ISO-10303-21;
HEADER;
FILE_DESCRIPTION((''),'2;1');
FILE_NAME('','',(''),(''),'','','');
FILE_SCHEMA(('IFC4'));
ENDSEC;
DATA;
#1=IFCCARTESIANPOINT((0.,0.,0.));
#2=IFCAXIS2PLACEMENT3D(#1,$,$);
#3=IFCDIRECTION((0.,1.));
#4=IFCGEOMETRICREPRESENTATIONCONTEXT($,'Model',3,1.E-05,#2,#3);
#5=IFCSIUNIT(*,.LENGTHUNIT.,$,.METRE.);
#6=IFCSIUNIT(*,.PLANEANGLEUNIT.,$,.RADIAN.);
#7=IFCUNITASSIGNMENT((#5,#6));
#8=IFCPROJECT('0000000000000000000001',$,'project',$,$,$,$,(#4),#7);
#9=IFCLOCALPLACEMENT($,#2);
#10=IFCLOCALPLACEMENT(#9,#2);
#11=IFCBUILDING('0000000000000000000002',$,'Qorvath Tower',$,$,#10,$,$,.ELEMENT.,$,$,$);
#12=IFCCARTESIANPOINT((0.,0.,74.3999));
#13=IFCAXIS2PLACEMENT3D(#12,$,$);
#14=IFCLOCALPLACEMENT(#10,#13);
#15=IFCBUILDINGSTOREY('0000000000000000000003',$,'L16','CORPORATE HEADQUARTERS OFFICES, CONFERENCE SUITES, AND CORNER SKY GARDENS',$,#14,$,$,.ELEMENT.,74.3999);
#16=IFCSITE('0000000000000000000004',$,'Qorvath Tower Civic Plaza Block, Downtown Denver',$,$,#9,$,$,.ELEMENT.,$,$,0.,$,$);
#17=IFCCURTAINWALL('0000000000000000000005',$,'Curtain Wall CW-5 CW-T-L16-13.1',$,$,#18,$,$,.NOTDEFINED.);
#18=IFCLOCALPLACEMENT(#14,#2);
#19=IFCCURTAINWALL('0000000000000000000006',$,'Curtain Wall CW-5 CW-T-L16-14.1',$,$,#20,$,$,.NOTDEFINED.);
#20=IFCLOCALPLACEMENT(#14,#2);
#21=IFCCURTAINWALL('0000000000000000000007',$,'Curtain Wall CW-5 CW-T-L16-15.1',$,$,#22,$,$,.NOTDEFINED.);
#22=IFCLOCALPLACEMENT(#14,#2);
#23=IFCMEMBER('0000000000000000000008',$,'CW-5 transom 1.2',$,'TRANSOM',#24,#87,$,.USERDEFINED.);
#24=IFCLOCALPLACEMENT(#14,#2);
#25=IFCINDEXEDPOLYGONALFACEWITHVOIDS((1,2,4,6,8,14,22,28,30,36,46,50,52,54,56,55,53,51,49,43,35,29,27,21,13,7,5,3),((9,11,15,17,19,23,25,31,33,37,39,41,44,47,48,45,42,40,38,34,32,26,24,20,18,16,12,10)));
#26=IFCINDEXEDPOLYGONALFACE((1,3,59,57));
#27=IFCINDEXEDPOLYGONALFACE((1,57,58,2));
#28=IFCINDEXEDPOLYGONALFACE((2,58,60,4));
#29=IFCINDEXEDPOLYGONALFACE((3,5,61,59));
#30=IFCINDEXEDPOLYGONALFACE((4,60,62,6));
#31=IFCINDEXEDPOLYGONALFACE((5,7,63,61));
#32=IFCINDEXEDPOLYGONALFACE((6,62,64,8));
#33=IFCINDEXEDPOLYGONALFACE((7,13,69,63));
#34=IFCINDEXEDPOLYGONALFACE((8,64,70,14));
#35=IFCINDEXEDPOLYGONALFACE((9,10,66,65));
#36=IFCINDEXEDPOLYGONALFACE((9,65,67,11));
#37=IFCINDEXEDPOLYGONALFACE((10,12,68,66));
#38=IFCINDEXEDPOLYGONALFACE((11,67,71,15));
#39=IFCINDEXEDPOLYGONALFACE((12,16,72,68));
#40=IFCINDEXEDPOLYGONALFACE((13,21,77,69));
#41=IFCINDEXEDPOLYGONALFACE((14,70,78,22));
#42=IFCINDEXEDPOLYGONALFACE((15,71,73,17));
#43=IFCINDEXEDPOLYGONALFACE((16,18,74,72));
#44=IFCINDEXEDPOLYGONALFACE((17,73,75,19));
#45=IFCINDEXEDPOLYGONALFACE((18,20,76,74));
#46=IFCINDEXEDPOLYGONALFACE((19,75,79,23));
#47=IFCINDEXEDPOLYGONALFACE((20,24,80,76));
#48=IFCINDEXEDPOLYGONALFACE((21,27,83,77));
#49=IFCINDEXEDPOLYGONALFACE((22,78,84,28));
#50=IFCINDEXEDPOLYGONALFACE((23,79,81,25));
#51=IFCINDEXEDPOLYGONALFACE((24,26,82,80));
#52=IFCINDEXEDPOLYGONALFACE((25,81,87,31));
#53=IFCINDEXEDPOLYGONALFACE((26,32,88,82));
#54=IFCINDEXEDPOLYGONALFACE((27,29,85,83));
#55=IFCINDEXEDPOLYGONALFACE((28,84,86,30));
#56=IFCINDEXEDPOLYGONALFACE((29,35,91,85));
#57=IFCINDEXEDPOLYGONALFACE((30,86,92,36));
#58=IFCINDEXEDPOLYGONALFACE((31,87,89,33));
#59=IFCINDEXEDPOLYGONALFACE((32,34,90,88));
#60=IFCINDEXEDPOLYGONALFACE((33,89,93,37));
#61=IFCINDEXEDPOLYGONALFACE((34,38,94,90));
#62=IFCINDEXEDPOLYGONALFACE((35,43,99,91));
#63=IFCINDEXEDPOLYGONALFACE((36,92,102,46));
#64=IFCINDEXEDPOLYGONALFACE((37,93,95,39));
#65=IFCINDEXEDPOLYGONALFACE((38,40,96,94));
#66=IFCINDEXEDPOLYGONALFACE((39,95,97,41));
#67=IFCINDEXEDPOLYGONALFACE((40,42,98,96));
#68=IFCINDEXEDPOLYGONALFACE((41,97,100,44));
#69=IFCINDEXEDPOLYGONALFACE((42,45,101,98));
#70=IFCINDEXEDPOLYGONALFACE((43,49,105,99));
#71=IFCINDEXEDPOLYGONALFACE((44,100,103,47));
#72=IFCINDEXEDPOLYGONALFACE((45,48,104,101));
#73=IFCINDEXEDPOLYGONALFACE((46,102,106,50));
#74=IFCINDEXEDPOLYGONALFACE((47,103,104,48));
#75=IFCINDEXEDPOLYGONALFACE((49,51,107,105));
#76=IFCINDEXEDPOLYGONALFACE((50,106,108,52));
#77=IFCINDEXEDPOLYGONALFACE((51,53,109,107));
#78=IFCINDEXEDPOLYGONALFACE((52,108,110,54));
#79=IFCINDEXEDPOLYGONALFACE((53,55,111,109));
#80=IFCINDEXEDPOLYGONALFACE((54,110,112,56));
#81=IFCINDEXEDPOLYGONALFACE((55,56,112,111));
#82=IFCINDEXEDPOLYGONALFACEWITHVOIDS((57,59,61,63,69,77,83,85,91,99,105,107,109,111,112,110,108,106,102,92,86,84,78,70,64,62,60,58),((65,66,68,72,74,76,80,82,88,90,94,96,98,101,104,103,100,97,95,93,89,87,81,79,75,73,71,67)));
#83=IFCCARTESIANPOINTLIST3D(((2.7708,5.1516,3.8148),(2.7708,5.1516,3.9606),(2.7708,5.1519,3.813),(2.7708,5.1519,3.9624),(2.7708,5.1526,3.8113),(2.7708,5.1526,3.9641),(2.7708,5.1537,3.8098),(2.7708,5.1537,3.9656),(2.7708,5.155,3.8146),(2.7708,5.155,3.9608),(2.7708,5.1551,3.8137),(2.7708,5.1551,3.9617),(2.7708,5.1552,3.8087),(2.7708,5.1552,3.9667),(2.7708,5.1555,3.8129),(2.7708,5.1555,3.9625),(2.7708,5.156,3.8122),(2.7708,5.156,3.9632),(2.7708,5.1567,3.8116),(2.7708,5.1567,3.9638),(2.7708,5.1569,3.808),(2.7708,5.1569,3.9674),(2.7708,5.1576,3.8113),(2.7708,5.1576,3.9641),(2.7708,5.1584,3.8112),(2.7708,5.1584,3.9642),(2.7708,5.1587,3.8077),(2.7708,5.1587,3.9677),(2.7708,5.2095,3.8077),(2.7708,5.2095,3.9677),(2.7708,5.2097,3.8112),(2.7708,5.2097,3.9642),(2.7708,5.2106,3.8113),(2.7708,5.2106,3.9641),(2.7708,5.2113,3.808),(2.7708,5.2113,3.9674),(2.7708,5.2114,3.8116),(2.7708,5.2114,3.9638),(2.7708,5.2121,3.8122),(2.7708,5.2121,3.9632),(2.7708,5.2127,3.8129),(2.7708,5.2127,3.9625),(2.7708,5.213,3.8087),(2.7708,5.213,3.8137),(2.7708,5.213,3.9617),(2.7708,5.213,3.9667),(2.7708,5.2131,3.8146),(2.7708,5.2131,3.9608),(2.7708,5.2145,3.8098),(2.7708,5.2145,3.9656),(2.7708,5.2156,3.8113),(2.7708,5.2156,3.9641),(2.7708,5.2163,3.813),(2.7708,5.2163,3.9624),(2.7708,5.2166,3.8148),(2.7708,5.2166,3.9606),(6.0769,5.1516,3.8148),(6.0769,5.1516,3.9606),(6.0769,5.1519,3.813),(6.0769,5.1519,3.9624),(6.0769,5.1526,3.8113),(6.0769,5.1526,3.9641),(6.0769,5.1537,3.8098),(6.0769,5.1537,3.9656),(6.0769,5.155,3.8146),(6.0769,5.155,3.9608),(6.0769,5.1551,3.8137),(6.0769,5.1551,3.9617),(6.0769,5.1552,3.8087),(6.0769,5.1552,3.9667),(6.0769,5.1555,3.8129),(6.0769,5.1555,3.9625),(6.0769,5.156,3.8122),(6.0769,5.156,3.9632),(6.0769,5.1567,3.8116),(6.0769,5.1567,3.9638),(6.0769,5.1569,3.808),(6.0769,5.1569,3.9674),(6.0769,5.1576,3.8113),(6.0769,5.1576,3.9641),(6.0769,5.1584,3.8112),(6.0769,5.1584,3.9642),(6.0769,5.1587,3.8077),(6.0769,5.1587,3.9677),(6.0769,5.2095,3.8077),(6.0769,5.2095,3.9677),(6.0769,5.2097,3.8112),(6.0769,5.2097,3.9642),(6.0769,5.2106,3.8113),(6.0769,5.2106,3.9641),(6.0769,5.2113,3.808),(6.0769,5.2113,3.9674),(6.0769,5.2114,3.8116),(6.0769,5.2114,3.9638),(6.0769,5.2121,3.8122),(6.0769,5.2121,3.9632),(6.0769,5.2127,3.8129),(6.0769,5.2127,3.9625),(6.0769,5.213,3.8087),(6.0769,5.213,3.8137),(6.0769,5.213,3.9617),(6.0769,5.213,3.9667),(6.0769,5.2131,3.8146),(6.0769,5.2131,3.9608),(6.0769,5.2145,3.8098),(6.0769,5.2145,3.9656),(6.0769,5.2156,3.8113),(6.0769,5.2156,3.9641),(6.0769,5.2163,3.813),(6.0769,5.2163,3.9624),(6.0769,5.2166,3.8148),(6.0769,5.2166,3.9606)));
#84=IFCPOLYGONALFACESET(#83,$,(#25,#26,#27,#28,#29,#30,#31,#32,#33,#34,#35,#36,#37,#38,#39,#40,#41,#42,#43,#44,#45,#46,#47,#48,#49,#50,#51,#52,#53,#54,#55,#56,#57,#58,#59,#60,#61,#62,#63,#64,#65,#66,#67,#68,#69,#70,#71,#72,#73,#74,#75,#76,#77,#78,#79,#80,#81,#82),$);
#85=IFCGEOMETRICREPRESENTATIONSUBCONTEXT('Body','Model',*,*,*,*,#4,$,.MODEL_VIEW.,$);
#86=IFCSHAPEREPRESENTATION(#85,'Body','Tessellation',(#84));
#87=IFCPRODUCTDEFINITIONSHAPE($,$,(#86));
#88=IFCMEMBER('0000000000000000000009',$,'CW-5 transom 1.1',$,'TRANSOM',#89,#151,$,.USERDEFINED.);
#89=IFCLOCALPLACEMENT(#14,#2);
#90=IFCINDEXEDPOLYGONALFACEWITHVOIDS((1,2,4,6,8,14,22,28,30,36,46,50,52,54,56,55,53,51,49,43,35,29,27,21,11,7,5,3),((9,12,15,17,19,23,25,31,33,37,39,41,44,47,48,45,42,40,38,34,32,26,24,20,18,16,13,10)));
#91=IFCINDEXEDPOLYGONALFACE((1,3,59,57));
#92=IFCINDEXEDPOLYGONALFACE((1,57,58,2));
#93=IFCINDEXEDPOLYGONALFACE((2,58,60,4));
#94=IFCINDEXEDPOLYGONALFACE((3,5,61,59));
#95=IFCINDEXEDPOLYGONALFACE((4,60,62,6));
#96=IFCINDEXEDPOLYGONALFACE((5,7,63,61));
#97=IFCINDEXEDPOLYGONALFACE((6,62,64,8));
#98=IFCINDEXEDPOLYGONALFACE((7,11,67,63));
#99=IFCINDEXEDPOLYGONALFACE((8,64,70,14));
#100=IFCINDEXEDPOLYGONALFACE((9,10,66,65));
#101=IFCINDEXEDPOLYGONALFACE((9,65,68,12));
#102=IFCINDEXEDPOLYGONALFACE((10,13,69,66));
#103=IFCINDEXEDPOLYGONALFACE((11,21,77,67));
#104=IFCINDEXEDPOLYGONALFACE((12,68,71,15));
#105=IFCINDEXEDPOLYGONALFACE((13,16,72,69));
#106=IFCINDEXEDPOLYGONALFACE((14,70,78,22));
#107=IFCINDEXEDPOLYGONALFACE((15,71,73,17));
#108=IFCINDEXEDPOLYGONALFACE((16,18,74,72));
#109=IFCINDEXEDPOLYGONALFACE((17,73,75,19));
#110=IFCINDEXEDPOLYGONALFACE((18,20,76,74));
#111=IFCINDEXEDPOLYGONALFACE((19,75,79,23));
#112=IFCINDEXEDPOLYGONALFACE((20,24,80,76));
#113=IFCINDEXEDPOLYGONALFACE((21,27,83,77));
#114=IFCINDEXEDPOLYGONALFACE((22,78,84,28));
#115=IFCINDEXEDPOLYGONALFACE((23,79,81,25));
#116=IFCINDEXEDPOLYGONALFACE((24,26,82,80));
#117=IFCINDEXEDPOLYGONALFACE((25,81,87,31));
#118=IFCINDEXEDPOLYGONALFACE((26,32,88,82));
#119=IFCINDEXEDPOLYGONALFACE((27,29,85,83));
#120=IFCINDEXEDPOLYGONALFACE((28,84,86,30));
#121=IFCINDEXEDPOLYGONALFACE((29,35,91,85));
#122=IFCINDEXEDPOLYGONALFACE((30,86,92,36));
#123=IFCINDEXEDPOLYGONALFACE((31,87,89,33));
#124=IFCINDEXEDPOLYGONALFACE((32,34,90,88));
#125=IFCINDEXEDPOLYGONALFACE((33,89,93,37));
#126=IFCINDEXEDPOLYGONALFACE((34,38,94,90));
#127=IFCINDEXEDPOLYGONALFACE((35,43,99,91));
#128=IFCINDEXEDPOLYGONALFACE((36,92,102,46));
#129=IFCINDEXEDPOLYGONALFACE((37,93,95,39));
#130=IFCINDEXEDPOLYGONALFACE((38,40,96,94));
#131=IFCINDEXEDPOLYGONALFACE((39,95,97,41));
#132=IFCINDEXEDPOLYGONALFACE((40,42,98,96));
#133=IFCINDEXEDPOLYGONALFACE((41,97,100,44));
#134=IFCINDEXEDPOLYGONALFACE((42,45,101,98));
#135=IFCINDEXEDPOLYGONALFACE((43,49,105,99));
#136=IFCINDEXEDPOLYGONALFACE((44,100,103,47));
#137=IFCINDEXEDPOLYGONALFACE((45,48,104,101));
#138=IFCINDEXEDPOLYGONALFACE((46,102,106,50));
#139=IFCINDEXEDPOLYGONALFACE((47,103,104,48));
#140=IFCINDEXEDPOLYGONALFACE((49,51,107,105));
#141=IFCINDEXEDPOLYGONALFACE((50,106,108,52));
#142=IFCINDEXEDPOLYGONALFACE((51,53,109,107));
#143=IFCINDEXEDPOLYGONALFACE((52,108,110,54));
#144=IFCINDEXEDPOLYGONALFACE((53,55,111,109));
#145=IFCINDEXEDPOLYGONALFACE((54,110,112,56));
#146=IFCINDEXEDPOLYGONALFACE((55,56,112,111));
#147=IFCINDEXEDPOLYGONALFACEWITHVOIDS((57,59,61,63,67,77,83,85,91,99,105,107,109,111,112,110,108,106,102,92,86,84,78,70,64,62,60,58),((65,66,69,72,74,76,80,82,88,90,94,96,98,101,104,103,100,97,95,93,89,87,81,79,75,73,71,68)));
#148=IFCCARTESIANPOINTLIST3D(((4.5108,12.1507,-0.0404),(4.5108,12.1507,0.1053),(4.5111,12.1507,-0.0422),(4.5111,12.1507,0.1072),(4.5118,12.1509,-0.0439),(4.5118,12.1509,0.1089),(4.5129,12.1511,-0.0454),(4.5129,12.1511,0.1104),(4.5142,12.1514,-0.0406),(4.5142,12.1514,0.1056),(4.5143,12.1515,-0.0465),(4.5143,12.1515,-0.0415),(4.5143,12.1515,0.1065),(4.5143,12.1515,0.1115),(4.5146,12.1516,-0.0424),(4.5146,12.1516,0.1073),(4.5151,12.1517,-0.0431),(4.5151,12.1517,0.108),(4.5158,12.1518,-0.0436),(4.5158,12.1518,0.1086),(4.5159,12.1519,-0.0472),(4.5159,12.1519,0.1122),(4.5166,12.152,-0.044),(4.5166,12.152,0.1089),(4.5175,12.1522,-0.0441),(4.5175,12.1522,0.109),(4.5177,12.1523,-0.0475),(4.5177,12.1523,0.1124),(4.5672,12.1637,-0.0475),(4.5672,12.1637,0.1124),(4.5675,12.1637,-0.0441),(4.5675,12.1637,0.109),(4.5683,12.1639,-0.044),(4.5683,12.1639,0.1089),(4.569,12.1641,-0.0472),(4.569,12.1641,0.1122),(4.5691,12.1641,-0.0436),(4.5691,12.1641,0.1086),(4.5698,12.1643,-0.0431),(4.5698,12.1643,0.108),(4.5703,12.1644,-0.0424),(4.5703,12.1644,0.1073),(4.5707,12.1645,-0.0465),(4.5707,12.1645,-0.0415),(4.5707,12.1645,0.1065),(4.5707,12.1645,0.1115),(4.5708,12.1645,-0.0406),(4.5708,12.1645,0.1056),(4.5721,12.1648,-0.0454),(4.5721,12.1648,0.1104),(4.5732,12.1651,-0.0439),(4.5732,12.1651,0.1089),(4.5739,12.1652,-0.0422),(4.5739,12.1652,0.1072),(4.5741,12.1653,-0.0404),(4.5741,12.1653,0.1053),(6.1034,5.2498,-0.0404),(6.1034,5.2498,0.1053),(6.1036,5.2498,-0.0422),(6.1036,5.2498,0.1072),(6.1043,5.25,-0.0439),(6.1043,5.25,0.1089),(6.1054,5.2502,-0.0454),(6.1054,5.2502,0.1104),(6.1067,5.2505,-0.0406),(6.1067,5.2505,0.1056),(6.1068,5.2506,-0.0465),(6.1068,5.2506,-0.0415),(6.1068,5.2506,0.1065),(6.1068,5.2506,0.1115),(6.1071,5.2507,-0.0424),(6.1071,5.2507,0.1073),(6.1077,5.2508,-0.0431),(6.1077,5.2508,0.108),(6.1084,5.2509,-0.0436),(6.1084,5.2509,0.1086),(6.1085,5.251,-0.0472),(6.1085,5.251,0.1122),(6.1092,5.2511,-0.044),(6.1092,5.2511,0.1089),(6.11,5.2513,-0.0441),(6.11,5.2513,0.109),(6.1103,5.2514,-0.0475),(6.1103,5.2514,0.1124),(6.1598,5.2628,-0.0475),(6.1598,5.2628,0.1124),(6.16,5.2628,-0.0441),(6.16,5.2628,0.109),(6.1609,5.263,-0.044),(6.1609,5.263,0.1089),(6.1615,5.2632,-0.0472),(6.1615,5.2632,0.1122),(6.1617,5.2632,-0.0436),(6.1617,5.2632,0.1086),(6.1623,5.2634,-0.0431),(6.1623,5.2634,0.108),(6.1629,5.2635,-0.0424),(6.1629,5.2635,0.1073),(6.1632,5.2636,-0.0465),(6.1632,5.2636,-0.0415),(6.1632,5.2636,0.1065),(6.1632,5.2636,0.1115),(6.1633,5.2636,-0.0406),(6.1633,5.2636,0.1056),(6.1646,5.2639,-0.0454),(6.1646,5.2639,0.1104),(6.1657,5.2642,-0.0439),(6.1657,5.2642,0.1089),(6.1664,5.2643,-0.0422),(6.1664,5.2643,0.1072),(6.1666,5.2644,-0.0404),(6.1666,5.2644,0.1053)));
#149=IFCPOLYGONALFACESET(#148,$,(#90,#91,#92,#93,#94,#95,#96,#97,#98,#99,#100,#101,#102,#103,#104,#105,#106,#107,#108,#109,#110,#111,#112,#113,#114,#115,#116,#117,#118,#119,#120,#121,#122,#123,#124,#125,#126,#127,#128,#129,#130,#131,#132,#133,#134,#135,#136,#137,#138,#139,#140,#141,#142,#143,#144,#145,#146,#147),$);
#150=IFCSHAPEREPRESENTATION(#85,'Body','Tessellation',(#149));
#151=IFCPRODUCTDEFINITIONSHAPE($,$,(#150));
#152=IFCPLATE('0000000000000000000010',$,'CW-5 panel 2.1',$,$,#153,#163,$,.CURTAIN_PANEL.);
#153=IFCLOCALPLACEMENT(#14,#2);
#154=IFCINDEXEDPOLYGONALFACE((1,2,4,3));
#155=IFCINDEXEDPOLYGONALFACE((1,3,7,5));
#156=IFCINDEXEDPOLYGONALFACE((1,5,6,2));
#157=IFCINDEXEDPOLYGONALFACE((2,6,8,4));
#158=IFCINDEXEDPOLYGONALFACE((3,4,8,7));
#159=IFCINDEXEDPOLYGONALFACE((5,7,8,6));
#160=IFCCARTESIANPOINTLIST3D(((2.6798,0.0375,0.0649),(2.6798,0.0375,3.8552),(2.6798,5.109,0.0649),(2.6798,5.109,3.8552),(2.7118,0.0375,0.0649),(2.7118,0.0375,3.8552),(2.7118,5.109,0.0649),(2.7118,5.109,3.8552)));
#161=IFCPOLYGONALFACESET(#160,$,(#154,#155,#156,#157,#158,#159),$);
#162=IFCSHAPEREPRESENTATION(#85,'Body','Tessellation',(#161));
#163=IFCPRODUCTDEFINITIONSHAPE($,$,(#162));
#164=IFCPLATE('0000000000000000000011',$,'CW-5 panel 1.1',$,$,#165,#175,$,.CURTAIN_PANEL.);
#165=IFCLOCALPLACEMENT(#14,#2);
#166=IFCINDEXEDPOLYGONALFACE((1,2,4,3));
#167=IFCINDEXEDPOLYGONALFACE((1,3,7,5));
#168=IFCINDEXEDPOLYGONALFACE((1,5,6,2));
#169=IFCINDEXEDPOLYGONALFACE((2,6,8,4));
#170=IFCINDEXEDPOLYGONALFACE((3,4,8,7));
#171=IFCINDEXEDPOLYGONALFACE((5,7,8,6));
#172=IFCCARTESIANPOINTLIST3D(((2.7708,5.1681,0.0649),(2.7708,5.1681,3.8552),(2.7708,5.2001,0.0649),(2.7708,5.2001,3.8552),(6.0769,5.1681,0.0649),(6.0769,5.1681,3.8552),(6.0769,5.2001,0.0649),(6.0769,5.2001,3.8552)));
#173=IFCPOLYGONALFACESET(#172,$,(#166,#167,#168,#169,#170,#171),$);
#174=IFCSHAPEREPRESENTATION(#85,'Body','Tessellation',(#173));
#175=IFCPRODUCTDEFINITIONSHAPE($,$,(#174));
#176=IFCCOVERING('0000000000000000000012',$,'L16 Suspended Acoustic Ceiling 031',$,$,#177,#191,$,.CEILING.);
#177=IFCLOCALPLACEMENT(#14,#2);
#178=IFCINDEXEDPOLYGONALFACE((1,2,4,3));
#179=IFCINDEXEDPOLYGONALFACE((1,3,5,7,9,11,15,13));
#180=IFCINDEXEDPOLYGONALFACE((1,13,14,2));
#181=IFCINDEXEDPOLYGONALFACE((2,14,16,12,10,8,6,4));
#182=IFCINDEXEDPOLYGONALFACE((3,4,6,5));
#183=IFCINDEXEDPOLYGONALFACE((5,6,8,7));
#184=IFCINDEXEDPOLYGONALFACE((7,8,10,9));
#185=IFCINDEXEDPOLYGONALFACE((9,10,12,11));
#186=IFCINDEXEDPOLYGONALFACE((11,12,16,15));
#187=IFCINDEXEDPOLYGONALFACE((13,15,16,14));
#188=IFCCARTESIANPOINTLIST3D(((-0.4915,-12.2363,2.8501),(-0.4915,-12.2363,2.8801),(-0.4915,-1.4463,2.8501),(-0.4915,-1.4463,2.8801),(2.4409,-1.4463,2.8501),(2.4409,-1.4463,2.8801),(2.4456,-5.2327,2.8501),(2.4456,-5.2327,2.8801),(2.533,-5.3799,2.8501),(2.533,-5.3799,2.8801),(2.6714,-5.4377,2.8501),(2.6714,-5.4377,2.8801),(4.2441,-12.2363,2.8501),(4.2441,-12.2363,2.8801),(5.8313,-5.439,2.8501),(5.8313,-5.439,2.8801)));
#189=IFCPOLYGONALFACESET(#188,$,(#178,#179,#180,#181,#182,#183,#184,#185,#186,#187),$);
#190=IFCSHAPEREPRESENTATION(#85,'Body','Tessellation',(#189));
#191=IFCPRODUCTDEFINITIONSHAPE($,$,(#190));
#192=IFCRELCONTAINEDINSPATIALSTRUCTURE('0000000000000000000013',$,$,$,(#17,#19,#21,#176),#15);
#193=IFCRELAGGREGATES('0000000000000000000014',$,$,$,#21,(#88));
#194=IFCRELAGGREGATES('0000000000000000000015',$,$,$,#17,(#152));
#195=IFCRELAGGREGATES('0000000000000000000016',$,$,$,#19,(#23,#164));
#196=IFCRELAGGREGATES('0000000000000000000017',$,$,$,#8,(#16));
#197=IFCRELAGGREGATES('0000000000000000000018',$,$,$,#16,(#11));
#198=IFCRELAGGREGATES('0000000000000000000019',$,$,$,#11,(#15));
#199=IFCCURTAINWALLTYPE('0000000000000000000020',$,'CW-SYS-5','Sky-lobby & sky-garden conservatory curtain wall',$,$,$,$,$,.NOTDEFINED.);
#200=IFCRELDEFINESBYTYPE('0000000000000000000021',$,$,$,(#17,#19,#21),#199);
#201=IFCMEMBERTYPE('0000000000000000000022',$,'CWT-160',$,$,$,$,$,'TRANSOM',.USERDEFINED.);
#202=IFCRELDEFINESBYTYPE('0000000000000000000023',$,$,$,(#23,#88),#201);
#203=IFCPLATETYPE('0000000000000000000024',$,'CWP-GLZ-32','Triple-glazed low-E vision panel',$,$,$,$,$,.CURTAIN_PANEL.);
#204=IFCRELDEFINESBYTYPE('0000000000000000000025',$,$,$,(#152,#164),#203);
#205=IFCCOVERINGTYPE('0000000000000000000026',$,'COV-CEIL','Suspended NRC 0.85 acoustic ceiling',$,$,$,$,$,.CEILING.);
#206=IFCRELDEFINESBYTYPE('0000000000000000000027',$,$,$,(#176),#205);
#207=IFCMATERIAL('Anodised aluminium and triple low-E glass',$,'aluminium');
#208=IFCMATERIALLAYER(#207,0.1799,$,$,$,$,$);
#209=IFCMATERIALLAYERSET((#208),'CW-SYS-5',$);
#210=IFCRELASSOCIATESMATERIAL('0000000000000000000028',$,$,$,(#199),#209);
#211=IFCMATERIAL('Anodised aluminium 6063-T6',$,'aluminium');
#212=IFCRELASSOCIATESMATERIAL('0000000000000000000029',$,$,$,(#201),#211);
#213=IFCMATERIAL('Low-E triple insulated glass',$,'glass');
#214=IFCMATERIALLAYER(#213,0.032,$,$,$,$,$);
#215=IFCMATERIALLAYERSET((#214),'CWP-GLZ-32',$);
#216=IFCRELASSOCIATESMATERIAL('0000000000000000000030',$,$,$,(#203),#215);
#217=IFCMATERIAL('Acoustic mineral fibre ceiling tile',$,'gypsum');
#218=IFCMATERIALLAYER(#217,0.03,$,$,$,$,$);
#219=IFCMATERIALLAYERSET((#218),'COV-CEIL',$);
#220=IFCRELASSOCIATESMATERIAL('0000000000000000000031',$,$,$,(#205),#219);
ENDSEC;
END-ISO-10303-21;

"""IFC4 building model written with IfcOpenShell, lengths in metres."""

from ifc_helpers import new_model, si_unit, direction, frame, origin, origin_2d, place, context, subcontext, project, spatial, polyline, rectangle, hollow_rectangle, outline, extrude, material, layer, layer_set, material_profile, profile_set, type_object, element, aggregate, save


model = new_model("IFC4")

# Units and contexts
model_context = context("Model", 3, precision=1e-05, world=origin(), true_north=direction((0.0, 1.0)))
body_context = subcontext(model_context, "Body", "Model", "MODEL_VIEW")
ifc_project = project(units=[si_unit("LENGTHUNIT", "METRE"), si_unit("PLANEANGLEUNIT", "RADIAN")], contexts=[model_context])

# Site, building, storey
site_placement = place(None, origin())
site = spatial("IfcSite", under=ifc_project, at=site_placement, Name="Qorvath Tower Civic Plaza Block, Downtown Denver", CompositionType="ELEMENT", RefElevation=0.0)
building_placement = place(site_placement, origin())
building = spatial("IfcBuilding", under=site, at=building_placement, Name="Qorvath Tower", CompositionType="ELEMENT")
storey_placement = place(building_placement, frame((0.0, 0.0, 74.3999)))
storey = spatial("IfcBuildingStorey", under=building, at=storey_placement, Name="L16", Description="CORPORATE HEADQUARTERS OFFICES, CONFERENCE SUITES, AND CORNER SKY GARDENS", CompositionType="ELEMENT", Elevation=74.3999)

# Curtain walls
ifc_material_1 = material(Name="Anodised aluminium and triple low-E glass", Category="aluminium")
ifc_layer_1 = layer(ifc_material_1, 0.1799)
ifc_layer_set_1 = layer_set([ifc_layer_1], Name="CW-SYS-5")
curtain_wall_type = type_object("IfcCurtainWallType", Name="CW-SYS-5", Description="Sky-lobby & sky-garden conservatory curtain wall", PredefinedType="NOTDEFINED", material=ifc_layer_set_1)
curtain_wall_1_placement = place(storey_placement, origin())
curtain_wall_1 = element("IfcCurtainWall", 1, at=curtain_wall_1_placement, inside=storey, type_object=curtain_wall_type, Name="Curtain Wall CW-5 CW-T-L16-13.1", PredefinedType="NOTDEFINED")
curtain_wall_2_placement = place(storey_placement, origin())
curtain_wall_2 = element("IfcCurtainWall", 2, at=curtain_wall_2_placement, inside=storey, type_object=curtain_wall_type, Name="Curtain Wall CW-5 CW-T-L16-14.1", PredefinedType="NOTDEFINED")

# Curtain wall
curtain_wall_3_placement = place(storey_placement, origin())
curtain_wall_3 = element("IfcCurtainWall", 3, at=curtain_wall_3_placement, inside=storey, type_object=curtain_wall_type, Name="Curtain Wall CW-5 CW-T-L16-15.1", PredefinedType="NOTDEFINED")

# Members
ifc_material_2 = material(Name="Anodised aluminium 6063-T6", Category="aluminium")
ifc_material_profile_1 = material_profile(ifc_material_2, hollow_rectangle(XDim=0.0649, YDim=0.1599, WallThickness=0.0034, InnerFilletRadius=0.0034, OuterFilletRadius=0.0071, at=origin_2d()), Name="CWT 160x65")
ifc_profile_set_1 = profile_set([ifc_material_profile_1], Name="Anodised aluminium 6063-T6")
member_type_1 = type_object("IfcMemberType", Name="CWT-160", ElementType="TRANSOM", PredefinedType="USERDEFINED", material=ifc_profile_set_1)
member_1_placement = place(storey_placement, frame((2.7708, 5.1841, 3.8877), z_axis=(1.0, 0.0, 0.0), x_axis=(0.0, 1.0, 0.0)))
member_1 = element("IfcMember", 4, at=member_1_placement, type_object=member_type_1, Name="CW-5 transom 1.2", ObjectType="TRANSOM", PredefinedType="USERDEFINED", context=body_context, shape_type="SweptSolid", body=[
    extrude(hollow_rectangle(XDim=0.0649, YDim=0.1599, WallThickness=0.0034, InnerFilletRadius=0.0034, OuterFilletRadius=0.0071, at=origin_2d()), origin(), (0.0, 0.0, 1.0), 3.3062),
])
member_2_placement = place(storey_placement, frame((6.135, 5.2571, 0.0325), z_axis=(-0.224862, 0.974391, 0.0), x_axis=(-0.974391, -0.224862, 0.0)))
member_2 = element("IfcMember", 5, at=member_2_placement, type_object=member_type_1, Name="CW-5 transom 1.1", ObjectType="TRANSOM", PredefinedType="USERDEFINED", context=body_context, shape_type="SweptSolid", body=[
    extrude(hollow_rectangle(XDim=0.0649, YDim=0.1599, WallThickness=0.0034, InnerFilletRadius=0.0034, OuterFilletRadius=0.0071, at=origin_2d()), origin(), (0.0, 0.0, 1.0), 7.0823),
])
aggregate(curtain_wall_3, [member_2])

# Plates
ifc_material_3 = material(Name="Low-E triple insulated glass", Category="glass")
ifc_layer_2 = layer(ifc_material_3, 0.032)
ifc_layer_set_2 = layer_set([ifc_layer_2], Name="CWP-GLZ-32")
plate_type = type_object("IfcPlateType", Name="CWP-GLZ-32", Description="Triple-glazed low-E vision panel", PredefinedType="CURTAIN_PANEL", material=ifc_layer_set_2)
plate_1_placement = place(storey_placement, frame((2.6958, 2.5732, 0.0649), z_axis=(0.0, 0.0, 1.0), x_axis=(0.0, 1.0, 0.0)))
plate_1 = element("IfcPlate", 6, at=plate_1_placement, type_object=plate_type, Name="CW-5 panel 2.1", PredefinedType="CURTAIN_PANEL", context=body_context, shape_type="SweptSolid", body=[
    extrude(rectangle(XDim=5.0715, YDim=0.032, at=origin_2d()), origin(), (0.0, 0.0, 1.0), 3.7903),
])
aggregate(curtain_wall_1, [plate_1])
plate_2_placement = place(storey_placement, frame((4.4238, 5.1841, 0.0649), z_axis=(0.0, 0.0, 1.0), x_axis=(1.0, 0.0, 0.0)))
plate_2 = element("IfcPlate", 7, at=plate_2_placement, type_object=plate_type, Name="CW-5 panel 1.1", PredefinedType="CURTAIN_PANEL", context=body_context, shape_type="SweptSolid", body=[
    extrude(rectangle(XDim=3.3062, YDim=0.032, at=origin_2d()), origin(), (0.0, 0.0, 1.0), 3.7903),
])
aggregate(curtain_wall_2, [member_1, plate_2])

# Covering
ifc_material_4 = material(Name="Acoustic mineral fibre ceiling tile", Category="gypsum")
ifc_layer_3 = layer(ifc_material_4, 0.03)
ifc_layer_set_3 = layer_set([ifc_layer_3], Name="COV-CEIL")
covering_type_1 = type_object("IfcCoveringType", Name="COV-CEIL", Description="Suspended NRC 0.85 acoustic ceiling", PredefinedType="CEILING", material=ifc_layer_set_3)
covering_1_placement = place(storey_placement, frame((0.0, 0.0, 2.8501)))
element("IfcCovering", 8, at=covering_1_placement, inside=storey, type_object=covering_type_1, Name="L16 Suspended Acoustic Ceiling 031", PredefinedType="CEILING", context=body_context, shape_type="SweptSolid", body=[
    extrude(outline(polyline([(2.533, -5.3799), (2.4456, -5.2327), (2.4409, -1.4463), (-0.4915, -1.4463), (-0.4915, -12.2363), (4.2441, -12.2363), (5.8313, -5.439), (2.6714, -5.4377), (2.533, -5.3799)])), origin(), (0.0, 0.0, 1.0), 0.03),
])

save(model, "model.ifc")
